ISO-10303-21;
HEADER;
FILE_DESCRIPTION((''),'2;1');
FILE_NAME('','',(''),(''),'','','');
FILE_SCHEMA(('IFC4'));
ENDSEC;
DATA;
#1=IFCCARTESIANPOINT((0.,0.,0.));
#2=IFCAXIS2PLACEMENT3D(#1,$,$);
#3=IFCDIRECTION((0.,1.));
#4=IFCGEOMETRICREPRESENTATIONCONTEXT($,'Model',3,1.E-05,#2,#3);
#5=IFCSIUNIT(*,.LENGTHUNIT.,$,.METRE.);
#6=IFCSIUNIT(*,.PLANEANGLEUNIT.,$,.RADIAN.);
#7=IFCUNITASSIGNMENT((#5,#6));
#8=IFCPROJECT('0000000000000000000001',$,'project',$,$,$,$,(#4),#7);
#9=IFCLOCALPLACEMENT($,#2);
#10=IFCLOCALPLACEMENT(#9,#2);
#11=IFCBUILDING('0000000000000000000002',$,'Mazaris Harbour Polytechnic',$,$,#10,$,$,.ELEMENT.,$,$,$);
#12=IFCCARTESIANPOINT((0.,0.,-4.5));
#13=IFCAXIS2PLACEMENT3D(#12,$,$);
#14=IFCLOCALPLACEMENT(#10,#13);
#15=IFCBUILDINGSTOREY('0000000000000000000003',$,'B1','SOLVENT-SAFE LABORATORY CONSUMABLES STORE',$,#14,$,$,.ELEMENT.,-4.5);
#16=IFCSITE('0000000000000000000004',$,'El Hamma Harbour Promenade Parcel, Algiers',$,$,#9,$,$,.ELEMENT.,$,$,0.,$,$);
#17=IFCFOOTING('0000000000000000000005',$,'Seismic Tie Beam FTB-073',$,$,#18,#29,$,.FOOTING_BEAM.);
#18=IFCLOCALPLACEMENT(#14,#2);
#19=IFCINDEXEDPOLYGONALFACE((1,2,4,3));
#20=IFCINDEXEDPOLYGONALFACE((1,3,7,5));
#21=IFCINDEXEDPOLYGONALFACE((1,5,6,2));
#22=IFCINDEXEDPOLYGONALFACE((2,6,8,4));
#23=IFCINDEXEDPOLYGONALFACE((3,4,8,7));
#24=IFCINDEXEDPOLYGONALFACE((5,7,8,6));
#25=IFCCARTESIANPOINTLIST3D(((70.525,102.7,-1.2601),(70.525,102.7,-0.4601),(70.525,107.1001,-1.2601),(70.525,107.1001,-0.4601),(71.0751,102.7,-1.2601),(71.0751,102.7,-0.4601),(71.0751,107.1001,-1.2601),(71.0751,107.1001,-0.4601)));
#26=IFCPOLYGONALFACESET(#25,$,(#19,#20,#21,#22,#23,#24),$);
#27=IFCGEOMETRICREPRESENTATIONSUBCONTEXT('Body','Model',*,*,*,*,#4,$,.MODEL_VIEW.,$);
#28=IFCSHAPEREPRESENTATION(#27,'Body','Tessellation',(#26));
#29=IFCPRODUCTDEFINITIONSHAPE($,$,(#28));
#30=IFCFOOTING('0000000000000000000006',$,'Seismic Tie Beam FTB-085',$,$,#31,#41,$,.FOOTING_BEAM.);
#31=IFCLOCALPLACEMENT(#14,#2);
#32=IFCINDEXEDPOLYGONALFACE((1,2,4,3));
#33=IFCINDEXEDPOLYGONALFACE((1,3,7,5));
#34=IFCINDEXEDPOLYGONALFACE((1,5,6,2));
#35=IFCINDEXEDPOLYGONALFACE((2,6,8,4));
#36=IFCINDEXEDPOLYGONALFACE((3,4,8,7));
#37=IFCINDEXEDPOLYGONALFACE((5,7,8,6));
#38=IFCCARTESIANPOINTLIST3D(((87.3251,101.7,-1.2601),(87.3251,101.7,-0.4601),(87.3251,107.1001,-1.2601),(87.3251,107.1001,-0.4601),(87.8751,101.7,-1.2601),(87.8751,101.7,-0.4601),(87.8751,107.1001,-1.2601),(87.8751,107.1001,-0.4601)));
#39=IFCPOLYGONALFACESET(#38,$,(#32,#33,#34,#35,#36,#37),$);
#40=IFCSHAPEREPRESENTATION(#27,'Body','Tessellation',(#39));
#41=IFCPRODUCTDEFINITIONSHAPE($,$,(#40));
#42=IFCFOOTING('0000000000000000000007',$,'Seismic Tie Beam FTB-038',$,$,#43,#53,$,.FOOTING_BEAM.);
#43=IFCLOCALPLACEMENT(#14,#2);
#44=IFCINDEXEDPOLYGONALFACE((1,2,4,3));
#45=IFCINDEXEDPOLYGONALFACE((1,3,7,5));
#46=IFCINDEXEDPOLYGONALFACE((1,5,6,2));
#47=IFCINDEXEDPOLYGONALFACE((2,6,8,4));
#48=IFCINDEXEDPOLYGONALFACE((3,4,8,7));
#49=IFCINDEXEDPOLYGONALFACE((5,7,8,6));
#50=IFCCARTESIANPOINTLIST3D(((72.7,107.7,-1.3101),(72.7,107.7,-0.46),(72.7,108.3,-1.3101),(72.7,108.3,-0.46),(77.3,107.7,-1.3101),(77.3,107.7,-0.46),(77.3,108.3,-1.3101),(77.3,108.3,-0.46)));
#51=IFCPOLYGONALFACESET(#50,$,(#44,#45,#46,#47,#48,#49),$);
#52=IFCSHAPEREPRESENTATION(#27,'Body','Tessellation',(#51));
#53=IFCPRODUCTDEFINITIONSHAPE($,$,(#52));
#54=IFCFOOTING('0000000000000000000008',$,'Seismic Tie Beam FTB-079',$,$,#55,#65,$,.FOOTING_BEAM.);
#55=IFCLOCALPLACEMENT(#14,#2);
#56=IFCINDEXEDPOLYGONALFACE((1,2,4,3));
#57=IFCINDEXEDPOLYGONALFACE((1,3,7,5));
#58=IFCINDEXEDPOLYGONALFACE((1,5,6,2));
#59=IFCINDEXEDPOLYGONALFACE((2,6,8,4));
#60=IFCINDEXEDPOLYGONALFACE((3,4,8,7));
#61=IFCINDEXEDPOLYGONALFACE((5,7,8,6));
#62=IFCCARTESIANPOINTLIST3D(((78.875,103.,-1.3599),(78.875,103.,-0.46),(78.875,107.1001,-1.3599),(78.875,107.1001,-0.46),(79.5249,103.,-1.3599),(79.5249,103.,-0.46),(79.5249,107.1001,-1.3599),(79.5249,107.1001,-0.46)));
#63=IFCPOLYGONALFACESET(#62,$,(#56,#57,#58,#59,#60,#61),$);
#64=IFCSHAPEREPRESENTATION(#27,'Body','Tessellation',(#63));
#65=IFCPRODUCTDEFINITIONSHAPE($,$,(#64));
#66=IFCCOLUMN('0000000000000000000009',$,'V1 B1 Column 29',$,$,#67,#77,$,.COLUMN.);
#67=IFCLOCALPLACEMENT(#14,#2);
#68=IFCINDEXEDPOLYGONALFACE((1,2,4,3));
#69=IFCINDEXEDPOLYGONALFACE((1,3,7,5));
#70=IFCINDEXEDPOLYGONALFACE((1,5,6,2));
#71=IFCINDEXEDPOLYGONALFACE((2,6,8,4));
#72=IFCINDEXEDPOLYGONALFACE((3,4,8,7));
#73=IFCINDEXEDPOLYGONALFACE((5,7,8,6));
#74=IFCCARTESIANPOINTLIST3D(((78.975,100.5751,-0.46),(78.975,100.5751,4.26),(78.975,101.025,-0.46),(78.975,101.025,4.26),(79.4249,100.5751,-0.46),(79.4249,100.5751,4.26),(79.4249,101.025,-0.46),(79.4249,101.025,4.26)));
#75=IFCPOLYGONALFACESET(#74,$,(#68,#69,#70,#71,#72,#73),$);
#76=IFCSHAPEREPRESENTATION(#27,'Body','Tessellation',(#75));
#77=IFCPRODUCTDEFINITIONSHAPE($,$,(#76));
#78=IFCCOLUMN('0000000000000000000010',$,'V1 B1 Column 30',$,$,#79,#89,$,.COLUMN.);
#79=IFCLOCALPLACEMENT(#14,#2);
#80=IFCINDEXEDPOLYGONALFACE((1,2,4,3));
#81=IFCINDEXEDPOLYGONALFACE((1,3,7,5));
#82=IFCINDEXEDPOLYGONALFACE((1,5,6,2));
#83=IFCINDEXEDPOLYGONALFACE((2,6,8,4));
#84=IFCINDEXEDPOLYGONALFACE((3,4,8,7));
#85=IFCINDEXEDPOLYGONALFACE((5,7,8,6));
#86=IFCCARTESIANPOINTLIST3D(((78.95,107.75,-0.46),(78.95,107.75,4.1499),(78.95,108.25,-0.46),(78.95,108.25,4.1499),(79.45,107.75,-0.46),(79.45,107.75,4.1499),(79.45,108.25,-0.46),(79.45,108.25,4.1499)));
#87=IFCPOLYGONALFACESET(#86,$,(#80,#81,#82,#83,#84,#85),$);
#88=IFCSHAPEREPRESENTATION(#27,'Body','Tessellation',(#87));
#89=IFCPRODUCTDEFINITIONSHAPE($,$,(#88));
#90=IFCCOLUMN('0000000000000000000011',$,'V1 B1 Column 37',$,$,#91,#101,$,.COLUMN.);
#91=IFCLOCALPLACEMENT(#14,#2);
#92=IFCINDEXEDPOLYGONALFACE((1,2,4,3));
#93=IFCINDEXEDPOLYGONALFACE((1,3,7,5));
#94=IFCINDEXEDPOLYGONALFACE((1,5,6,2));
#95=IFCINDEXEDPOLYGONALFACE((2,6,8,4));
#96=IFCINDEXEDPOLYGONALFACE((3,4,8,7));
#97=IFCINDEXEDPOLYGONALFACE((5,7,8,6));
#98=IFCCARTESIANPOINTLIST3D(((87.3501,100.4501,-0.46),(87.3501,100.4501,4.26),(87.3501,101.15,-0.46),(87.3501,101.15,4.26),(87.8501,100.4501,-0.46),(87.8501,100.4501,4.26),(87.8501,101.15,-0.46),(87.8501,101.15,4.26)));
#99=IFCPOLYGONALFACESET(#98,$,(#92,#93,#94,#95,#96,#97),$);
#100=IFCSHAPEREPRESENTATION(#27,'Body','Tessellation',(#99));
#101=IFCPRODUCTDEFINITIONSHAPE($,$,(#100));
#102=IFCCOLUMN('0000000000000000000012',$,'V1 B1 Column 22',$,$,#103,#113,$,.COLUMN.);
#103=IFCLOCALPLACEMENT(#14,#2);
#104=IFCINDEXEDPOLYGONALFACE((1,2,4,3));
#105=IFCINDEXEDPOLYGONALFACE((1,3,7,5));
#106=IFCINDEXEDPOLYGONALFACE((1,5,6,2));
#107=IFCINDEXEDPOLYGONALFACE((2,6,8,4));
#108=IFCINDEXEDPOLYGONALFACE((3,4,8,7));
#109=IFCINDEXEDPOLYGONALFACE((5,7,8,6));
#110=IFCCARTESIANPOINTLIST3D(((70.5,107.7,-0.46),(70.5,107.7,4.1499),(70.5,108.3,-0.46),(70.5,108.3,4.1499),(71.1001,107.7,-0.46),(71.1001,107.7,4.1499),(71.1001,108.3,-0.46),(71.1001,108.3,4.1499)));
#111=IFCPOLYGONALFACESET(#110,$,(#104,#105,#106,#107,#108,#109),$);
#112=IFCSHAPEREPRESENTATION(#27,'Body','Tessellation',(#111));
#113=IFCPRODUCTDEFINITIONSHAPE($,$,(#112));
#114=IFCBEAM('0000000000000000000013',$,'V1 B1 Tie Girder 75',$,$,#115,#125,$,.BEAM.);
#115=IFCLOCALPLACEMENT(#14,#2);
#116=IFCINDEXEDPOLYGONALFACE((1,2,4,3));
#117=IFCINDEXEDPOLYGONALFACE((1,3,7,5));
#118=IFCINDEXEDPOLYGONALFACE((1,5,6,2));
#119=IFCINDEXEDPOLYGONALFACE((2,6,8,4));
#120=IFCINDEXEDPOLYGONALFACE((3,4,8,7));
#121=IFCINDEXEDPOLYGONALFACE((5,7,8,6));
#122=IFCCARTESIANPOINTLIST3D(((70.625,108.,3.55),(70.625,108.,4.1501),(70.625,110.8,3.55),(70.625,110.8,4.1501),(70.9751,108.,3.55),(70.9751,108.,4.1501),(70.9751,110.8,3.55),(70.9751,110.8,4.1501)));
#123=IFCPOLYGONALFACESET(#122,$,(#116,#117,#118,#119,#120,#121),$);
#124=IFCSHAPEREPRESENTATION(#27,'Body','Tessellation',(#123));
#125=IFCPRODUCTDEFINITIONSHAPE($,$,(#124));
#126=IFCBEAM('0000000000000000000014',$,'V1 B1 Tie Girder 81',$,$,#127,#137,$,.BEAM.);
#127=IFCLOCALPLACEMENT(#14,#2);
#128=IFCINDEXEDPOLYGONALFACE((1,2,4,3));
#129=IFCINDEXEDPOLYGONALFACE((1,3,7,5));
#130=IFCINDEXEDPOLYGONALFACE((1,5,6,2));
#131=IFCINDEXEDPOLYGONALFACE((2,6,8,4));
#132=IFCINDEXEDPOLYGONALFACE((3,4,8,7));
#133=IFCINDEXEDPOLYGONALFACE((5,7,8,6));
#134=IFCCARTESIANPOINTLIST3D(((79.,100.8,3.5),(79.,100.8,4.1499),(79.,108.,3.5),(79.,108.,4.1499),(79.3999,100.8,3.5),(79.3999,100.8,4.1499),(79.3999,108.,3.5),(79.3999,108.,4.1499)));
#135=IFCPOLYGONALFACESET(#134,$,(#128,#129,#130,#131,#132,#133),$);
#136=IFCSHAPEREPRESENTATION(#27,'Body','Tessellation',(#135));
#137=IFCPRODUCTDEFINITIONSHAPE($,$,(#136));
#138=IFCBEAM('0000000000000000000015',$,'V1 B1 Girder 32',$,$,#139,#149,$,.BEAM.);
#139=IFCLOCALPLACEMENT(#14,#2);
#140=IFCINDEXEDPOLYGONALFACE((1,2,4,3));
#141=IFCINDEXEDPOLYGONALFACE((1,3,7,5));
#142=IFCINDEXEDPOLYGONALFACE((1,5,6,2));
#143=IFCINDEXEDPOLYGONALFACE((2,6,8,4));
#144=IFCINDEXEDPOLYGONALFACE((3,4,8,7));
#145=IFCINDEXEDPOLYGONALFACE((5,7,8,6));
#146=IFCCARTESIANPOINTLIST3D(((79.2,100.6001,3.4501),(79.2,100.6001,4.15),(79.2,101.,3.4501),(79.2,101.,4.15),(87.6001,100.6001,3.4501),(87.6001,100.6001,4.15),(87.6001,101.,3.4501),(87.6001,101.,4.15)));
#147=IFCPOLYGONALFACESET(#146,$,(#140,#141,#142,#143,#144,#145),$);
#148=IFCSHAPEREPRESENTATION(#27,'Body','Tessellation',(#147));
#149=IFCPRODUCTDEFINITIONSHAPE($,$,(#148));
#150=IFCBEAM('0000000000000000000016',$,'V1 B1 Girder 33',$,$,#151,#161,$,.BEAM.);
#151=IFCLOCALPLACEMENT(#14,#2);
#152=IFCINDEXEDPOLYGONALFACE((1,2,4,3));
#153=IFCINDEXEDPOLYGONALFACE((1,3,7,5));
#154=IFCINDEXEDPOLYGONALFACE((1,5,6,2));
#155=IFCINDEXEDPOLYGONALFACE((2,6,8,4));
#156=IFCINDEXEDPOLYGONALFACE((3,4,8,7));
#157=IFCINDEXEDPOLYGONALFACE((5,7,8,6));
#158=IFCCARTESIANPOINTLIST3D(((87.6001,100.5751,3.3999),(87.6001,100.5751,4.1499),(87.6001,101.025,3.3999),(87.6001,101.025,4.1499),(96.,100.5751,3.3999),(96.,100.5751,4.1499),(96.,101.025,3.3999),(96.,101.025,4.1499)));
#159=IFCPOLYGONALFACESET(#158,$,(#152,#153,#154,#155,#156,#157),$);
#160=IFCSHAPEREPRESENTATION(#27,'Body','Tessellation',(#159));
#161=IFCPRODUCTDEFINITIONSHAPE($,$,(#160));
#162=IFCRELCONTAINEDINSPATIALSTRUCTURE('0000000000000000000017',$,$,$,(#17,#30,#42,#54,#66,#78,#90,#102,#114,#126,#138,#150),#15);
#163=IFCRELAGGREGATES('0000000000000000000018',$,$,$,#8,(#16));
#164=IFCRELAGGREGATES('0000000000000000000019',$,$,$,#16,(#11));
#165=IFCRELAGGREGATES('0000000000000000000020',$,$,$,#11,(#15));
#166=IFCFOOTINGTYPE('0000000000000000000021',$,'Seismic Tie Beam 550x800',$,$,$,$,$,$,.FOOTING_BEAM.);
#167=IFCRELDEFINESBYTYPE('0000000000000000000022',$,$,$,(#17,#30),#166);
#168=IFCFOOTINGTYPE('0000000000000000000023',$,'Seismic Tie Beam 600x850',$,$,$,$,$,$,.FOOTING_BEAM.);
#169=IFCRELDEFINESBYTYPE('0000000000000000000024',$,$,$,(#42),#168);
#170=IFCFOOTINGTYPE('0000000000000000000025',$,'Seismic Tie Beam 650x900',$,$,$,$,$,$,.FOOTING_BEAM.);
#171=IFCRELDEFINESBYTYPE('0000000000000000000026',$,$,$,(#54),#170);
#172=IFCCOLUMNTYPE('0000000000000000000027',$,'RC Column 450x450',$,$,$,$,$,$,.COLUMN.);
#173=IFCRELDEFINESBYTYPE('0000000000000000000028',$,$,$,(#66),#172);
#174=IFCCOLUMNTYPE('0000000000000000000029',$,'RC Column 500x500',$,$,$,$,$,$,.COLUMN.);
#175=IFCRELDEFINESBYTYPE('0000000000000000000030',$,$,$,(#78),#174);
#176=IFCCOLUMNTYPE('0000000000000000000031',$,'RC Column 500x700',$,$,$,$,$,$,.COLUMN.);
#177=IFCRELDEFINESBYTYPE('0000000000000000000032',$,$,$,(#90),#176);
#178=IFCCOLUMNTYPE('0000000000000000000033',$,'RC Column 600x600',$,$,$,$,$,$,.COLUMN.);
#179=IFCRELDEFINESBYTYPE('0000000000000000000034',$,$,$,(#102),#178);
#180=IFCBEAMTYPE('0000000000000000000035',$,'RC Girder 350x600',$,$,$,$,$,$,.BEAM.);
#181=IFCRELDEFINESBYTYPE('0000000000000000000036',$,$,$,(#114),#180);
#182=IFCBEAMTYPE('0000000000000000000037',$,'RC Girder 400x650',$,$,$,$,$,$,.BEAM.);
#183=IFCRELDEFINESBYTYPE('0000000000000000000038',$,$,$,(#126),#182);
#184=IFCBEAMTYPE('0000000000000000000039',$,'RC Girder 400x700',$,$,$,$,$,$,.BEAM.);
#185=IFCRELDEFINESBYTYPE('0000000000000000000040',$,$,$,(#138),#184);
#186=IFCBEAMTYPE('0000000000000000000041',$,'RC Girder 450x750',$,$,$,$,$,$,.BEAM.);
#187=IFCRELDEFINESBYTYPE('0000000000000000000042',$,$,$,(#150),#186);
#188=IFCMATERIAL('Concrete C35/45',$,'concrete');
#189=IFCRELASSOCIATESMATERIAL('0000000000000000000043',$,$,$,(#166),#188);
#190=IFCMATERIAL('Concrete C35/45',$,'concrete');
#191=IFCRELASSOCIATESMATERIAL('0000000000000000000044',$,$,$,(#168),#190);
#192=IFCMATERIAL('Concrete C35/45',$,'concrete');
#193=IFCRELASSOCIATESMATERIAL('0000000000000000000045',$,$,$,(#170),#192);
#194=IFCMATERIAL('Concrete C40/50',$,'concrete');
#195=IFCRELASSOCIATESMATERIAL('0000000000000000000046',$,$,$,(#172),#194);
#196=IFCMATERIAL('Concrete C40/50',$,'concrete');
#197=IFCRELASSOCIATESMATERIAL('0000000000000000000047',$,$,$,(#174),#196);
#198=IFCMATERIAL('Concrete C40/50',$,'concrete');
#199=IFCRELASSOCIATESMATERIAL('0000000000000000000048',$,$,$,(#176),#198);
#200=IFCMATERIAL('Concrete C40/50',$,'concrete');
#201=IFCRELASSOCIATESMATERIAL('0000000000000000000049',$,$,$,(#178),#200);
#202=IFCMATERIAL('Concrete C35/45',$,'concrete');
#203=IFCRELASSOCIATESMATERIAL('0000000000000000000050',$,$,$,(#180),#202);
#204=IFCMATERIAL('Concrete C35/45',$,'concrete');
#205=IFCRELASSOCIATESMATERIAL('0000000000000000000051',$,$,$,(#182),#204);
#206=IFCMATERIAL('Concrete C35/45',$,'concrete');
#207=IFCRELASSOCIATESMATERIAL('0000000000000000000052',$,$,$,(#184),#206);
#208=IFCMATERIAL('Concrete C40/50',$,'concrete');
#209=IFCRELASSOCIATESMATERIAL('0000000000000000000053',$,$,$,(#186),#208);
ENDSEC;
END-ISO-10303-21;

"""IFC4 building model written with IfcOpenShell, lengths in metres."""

from ifc_helpers import new_model, si_unit, direction, frame, origin, origin_2d, place, context, subcontext, project, spatial, rectangle, extrude, material, material_profile, profile_set, type_object, element, save


model = new_model("IFC4")

# Units and contexts
model_context = context("Model", 3, precision=1e-05, world=origin(), true_north=direction((0.0, 1.0)))
body_context = subcontext(model_context, "Body", "Model", "MODEL_VIEW")
ifc_project = project(units=[si_unit("LENGTHUNIT", "METRE"), si_unit("PLANEANGLEUNIT", "RADIAN")], contexts=[model_context])

# Site, building, storey
site_placement = place(None, origin())
site = spatial("IfcSite", under=ifc_project, at=site_placement, Name="El Hamma Harbour Promenade Parcel, Algiers", CompositionType="ELEMENT", RefElevation=0.0)
building_placement = place(site_placement, origin())
building = spatial("IfcBuilding", under=site, at=building_placement, Name="Mazaris Harbour Polytechnic", CompositionType="ELEMENT")
storey_placement = place(building_placement, frame((0.0, 0.0, -4.5)))
storey = spatial("IfcBuildingStorey", under=building, at=storey_placement, Name="B1", Description="SOLVENT-SAFE LABORATORY CONSUMABLES STORE", CompositionType="ELEMENT", Elevation=-4.5)

# Footings
ifc_material_1 = material(Name="Concrete C35/45", Category="concrete")
ifc_material_profile_1 = material_profile(ifc_material_1, rectangle(XDim=0.55, YDim=0.8, at=origin_2d()), Name="RECT550x800")
ifc_profile_set_1 = profile_set([ifc_material_profile_1], Name="Concrete C35/45")
footing_type_1 = type_object("IfcFootingType", Name="Seismic Tie Beam 550x800", PredefinedType="FOOTING_BEAM", material=ifc_profile_set_1)
footing_1_placement = place(storey_placement, frame((70.8, 102.7, -0.8601), z_axis=(0.0, 1.0, 0.0), x_axis=(-1.0, 0.0, 0.0)))
element("IfcFooting", 1, at=footing_1_placement, inside=storey, type_object=footing_type_1, Name="Seismic Tie Beam FTB-073", PredefinedType="FOOTING_BEAM", context=body_context, shape_type="SweptSolid", body=[
    extrude(rectangle(XDim=0.55, YDim=0.8, at=origin_2d()), origin(), (0.0, 0.0, 1.0), 4.4001),
])
footing_2_placement = place(storey_placement, frame((87.6001, 101.7, -0.8601), z_axis=(0.0, 1.0, 0.0), x_axis=(-1.0, 0.0, 0.0)))
element("IfcFooting", 2, at=footing_2_placement, inside=storey, type_object=footing_type_1, Name="Seismic Tie Beam FTB-085", PredefinedType="FOOTING_BEAM", context=body_context, shape_type="SweptSolid", body=[
    extrude(rectangle(XDim=0.55, YDim=0.8, at=origin_2d()), origin(), (0.0, 0.0, 1.0), 5.4001),
])
ifc_material_2 = material(Name="Concrete C35/45", Category="concrete")
ifc_material_profile_2 = material_profile(ifc_material_2, rectangle(XDim=0.6001, YDim=0.8501, at=origin_2d()), Name="RECT600x850")
ifc_profile_set_2 = profile_set([ifc_material_profile_2], Name="Concrete C35/45")
footing_type_2 = type_object("IfcFootingType", Name="Seismic Tie Beam 600x850", PredefinedType="FOOTING_BEAM", material=ifc_profile_set_2)
footing_3_placement = place(storey_placement, frame((72.7, 108.0, -0.885), z_axis=(1.0, 0.0, 0.0), x_axis=(0.0, 1.0, 0.0)))
element("IfcFooting", 3, at=footing_3_placement, inside=storey, type_object=footing_type_2, Name="Seismic Tie Beam FTB-038", PredefinedType="FOOTING_BEAM", context=body_context, shape_type="SweptSolid", body=[
    extrude(rectangle(XDim=0.6001, YDim=0.8501, at=origin_2d()), origin(), (0.0, 0.0, 1.0), 4.6001),
])
ifc_material_3 = material(Name="Concrete C35/45", Category="concrete")
ifc_material_profile_3 = material_profile(ifc_material_3, rectangle(XDim=0.6499, YDim=0.8999, at=origin_2d()), Name="RECT650x900")
ifc_profile_set_3 = profile_set([ifc_material_profile_3], Name="Concrete C35/45")
footing_type_3 = type_object("IfcFootingType", Name="Seismic Tie Beam 650x900", PredefinedType="FOOTING_BEAM", material=ifc_profile_set_3)
footing_4_placement = place(storey_placement, frame((79.2, 103.0, -0.9099), z_axis=(0.0, 1.0, 0.0), x_axis=(-1.0, 0.0, 0.0)))
element("IfcFooting", 4, at=footing_4_placement, inside=storey, type_object=footing_type_3, Name="Seismic Tie Beam FTB-079", PredefinedType="FOOTING_BEAM", context=body_context, shape_type="SweptSolid", body=[
    extrude(rectangle(XDim=0.6499, YDim=0.8999, at=origin_2d()), origin(), (0.0, 0.0, 1.0), 4.1001),
])

# Columns
ifc_material_4 = material(Name="Concrete C40/50", Category="concrete")
ifc_material_profile_4 = material_profile(ifc_material_4, rectangle(XDim=0.45, YDim=0.45, at=origin_2d()), Name="RECT450x450")
ifc_profile_set_4 = profile_set([ifc_material_profile_4], Name="Concrete C40/50")
column_type_1 = type_object("IfcColumnType", Name="RC Column 450x450", PredefinedType="COLUMN", material=ifc_profile_set_4)
column_1_placement = place(storey_placement, frame((79.2, 100.8, -0.46), z_axis=(0.0, 0.0, 1.0), x_axis=(1.0, 0.0, 0.0)))
element("IfcColumn", 5, at=column_1_placement, inside=storey, type_object=column_type_1, Name="V1 B1 Column 29", PredefinedType="COLUMN", context=body_context, shape_type="SweptSolid", body=[
    extrude(rectangle(XDim=0.45, YDim=0.45, at=origin_2d()), origin(), (0.0, 0.0, 1.0), 4.72),
])
ifc_material_5 = material(Name="Concrete C40/50", Category="concrete")
ifc_material_profile_5 = material_profile(ifc_material_5, rectangle(XDim=0.5, YDim=0.5, at=origin_2d()), Name="RECT500x500")
ifc_profile_set_5 = profile_set([ifc_material_profile_5], Name="Concrete C40/50")
column_type_2 = type_object("IfcColumnType", Name="RC Column 500x500", PredefinedType="COLUMN", material=ifc_profile_set_5)
column_2_placement = place(storey_placement, frame((79.2, 108.0, -0.46), z_axis=(0.0, 0.0, 1.0), x_axis=(1.0, 0.0, 0.0)))
element("IfcColumn", 6, at=column_2_placement, inside=storey, type_object=column_type_2, Name="V1 B1 Column 30", PredefinedType="COLUMN", context=body_context, shape_type="SweptSolid", body=[
    extrude(rectangle(XDim=0.5, YDim=0.5, at=origin_2d()), origin(), (0.0, 0.0, 1.0), 4.6099),
])
ifc_material_6 = material(Name="Concrete C40/50", Category="concrete")
ifc_material_profile_6 = material_profile(ifc_material_6, rectangle(XDim=0.5, YDim=0.7, at=origin_2d()), Name="RECT500x700")
ifc_profile_set_6 = profile_set([ifc_material_profile_6], Name="Concrete C40/50")
column_type_3 = type_object("IfcColumnType", Name="RC Column 500x700", PredefinedType="COLUMN", material=ifc_profile_set_6)
column_3_placement = place(storey_placement, frame((87.6001, 100.8, -0.46), z_axis=(0.0, 0.0, 1.0), x_axis=(1.0, 0.0, 0.0)))
element("IfcColumn", 7, at=column_3_placement, inside=storey, type_object=column_type_3, Name="V1 B1 Column 37", PredefinedType="COLUMN", context=body_context, shape_type="SweptSolid", body=[
    extrude(rectangle(XDim=0.5, YDim=0.7, at=origin_2d()), origin(), (0.0, 0.0, 1.0), 4.72),
])
ifc_material_7 = material(Name="Concrete C40/50", Category="concrete")
ifc_material_profile_7 = material_profile(ifc_material_7, rectangle(XDim=0.6001, YDim=0.6001, at=origin_2d()), Name="RECT600x600")
ifc_profile_set_7 = profile_set([ifc_material_profile_7], Name="Concrete C40/50")
column_type_4 = type_object("IfcColumnType", Name="RC Column 600x600", PredefinedType="COLUMN", material=ifc_profile_set_7)
column_4_placement = place(storey_placement, frame((70.8, 108.0, -0.46), z_axis=(0.0, 0.0, 1.0), x_axis=(1.0, 0.0, 0.0)))
element("IfcColumn", 8, at=column_4_placement, inside=storey, type_object=column_type_4, Name="V1 B1 Column 22", PredefinedType="COLUMN", context=body_context, shape_type="SweptSolid", body=[
    extrude(rectangle(XDim=0.6001, YDim=0.6001, at=origin_2d()), origin(), (0.0, 0.0, 1.0), 4.6099),
])

# Beams
ifc_material_8 = material(Name="Concrete C35/45", Category="concrete")
ifc_material_profile_8 = material_profile(ifc_material_8, rectangle(XDim=0.3501, YDim=0.6001, at=origin_2d()), Name="RECT350x600")
ifc_profile_set_8 = profile_set([ifc_material_profile_8], Name="Concrete C35/45")
beam_type_1 = type_object("IfcBeamType", Name="RC Girder 350x600", PredefinedType="BEAM", material=ifc_profile_set_8)
beam_1_placement = place(storey_placement, frame((70.8, 108.0, 3.8501), z_axis=(0.0, 1.0, 0.0), x_axis=(-1.0, 0.0, 0.0)))
element("IfcBeam", 9, at=beam_1_placement, inside=storey, type_object=beam_type_1, Name="V1 B1 Tie Girder 75", PredefinedType="BEAM", context=body_context, shape_type="SweptSolid", body=[
    extrude(rectangle(XDim=0.3501, YDim=0.6001, at=origin_2d()), origin(), (0.0, 0.0, 1.0), 2.8),
])
ifc_material_9 = material(Name="Concrete C35/45", Category="concrete")
ifc_material_profile_9 = material_profile(ifc_material_9, rectangle(XDim=0.3999, YDim=0.6499, at=origin_2d()), Name="RECT400x650")
ifc_profile_set_9 = profile_set([ifc_material_profile_9], Name="Concrete C35/45")
beam_type_2 = type_object("IfcBeamType", Name="RC Girder 400x650", PredefinedType="BEAM", material=ifc_profile_set_9)
beam_2_placement = place(storey_placement, frame((79.2, 100.8, 3.825), z_axis=(0.0, 1.0, 0.0), x_axis=(-1.0, 0.0, 0.0)))
element("IfcBeam", 10, at=beam_2_placement, inside=storey, type_object=beam_type_2, Name="V1 B1 Tie Girder 81", PredefinedType="BEAM", context=body_context, shape_type="SweptSolid", body=[
    extrude(rectangle(XDim=0.3999, YDim=0.6499, at=origin_2d()), origin(), (0.0, 0.0, 1.0), 7.2),
])
ifc_material_10 = material(Name="Concrete C35/45", Category="concrete")
ifc_material_profile_10 = material_profile(ifc_material_10, rectangle(XDim=0.3999, YDim=0.7, at=origin_2d()), Name="RECT400x700")
ifc_profile_set_10 = profile_set([ifc_material_profile_10], Name="Concrete C35/45")
beam_type_3 = type_object("IfcBeamType", Name="RC Girder 400x700", PredefinedType="BEAM", material=ifc_profile_set_10)
beam_3_placement = place(storey_placement, frame((79.2, 100.8, 3.8), z_axis=(1.0, 0.0, 0.0), x_axis=(0.0, 1.0, 0.0)))
element("IfcBeam", 11, at=beam_3_placement, inside=storey, type_object=beam_type_3, Name="V1 B1 Girder 32", PredefinedType="BEAM", context=body_context, shape_type="SweptSolid", body=[
    extrude(rectangle(XDim=0.3999, YDim=0.7, at=origin_2d()), origin(), (0.0, 0.0, 1.0), 8.4001),
])
ifc_material_11 = material(Name="Concrete C40/50", Category="concrete")
ifc_material_profile_11 = material_profile(ifc_material_11, rectangle(XDim=0.45, YDim=0.75, at=origin_2d()), Name="RECT450x750")
ifc_profile_set_11 = profile_set([ifc_material_profile_11], Name="Concrete C40/50")
beam_type_4 = type_object("IfcBeamType", Name="RC Girder 450x750", PredefinedType="BEAM", material=ifc_profile_set_11)
for number, where, z_axis, x_axis, name in (
    (12, (87.6001, 100.8, 3.7749), (1.0, 0.0, 0.0), (0.0, 1.0, 0.0), "V1 B1 Girder 33"),
):
    element("IfcBeam", number, at=place(storey_placement, frame(where, z_axis=z_axis, x_axis=x_axis)), inside=storey, type_object=beam_type_4, Name=name, PredefinedType="BEAM", context=body_context, shape_type="SweptSolid", body=[
        extrude(rectangle(XDim=0.45, YDim=0.75, at=origin_2d()), origin(), (0.0, 0.0, 1.0), 8.3999),
    ])

save(model, "model.ifc")
